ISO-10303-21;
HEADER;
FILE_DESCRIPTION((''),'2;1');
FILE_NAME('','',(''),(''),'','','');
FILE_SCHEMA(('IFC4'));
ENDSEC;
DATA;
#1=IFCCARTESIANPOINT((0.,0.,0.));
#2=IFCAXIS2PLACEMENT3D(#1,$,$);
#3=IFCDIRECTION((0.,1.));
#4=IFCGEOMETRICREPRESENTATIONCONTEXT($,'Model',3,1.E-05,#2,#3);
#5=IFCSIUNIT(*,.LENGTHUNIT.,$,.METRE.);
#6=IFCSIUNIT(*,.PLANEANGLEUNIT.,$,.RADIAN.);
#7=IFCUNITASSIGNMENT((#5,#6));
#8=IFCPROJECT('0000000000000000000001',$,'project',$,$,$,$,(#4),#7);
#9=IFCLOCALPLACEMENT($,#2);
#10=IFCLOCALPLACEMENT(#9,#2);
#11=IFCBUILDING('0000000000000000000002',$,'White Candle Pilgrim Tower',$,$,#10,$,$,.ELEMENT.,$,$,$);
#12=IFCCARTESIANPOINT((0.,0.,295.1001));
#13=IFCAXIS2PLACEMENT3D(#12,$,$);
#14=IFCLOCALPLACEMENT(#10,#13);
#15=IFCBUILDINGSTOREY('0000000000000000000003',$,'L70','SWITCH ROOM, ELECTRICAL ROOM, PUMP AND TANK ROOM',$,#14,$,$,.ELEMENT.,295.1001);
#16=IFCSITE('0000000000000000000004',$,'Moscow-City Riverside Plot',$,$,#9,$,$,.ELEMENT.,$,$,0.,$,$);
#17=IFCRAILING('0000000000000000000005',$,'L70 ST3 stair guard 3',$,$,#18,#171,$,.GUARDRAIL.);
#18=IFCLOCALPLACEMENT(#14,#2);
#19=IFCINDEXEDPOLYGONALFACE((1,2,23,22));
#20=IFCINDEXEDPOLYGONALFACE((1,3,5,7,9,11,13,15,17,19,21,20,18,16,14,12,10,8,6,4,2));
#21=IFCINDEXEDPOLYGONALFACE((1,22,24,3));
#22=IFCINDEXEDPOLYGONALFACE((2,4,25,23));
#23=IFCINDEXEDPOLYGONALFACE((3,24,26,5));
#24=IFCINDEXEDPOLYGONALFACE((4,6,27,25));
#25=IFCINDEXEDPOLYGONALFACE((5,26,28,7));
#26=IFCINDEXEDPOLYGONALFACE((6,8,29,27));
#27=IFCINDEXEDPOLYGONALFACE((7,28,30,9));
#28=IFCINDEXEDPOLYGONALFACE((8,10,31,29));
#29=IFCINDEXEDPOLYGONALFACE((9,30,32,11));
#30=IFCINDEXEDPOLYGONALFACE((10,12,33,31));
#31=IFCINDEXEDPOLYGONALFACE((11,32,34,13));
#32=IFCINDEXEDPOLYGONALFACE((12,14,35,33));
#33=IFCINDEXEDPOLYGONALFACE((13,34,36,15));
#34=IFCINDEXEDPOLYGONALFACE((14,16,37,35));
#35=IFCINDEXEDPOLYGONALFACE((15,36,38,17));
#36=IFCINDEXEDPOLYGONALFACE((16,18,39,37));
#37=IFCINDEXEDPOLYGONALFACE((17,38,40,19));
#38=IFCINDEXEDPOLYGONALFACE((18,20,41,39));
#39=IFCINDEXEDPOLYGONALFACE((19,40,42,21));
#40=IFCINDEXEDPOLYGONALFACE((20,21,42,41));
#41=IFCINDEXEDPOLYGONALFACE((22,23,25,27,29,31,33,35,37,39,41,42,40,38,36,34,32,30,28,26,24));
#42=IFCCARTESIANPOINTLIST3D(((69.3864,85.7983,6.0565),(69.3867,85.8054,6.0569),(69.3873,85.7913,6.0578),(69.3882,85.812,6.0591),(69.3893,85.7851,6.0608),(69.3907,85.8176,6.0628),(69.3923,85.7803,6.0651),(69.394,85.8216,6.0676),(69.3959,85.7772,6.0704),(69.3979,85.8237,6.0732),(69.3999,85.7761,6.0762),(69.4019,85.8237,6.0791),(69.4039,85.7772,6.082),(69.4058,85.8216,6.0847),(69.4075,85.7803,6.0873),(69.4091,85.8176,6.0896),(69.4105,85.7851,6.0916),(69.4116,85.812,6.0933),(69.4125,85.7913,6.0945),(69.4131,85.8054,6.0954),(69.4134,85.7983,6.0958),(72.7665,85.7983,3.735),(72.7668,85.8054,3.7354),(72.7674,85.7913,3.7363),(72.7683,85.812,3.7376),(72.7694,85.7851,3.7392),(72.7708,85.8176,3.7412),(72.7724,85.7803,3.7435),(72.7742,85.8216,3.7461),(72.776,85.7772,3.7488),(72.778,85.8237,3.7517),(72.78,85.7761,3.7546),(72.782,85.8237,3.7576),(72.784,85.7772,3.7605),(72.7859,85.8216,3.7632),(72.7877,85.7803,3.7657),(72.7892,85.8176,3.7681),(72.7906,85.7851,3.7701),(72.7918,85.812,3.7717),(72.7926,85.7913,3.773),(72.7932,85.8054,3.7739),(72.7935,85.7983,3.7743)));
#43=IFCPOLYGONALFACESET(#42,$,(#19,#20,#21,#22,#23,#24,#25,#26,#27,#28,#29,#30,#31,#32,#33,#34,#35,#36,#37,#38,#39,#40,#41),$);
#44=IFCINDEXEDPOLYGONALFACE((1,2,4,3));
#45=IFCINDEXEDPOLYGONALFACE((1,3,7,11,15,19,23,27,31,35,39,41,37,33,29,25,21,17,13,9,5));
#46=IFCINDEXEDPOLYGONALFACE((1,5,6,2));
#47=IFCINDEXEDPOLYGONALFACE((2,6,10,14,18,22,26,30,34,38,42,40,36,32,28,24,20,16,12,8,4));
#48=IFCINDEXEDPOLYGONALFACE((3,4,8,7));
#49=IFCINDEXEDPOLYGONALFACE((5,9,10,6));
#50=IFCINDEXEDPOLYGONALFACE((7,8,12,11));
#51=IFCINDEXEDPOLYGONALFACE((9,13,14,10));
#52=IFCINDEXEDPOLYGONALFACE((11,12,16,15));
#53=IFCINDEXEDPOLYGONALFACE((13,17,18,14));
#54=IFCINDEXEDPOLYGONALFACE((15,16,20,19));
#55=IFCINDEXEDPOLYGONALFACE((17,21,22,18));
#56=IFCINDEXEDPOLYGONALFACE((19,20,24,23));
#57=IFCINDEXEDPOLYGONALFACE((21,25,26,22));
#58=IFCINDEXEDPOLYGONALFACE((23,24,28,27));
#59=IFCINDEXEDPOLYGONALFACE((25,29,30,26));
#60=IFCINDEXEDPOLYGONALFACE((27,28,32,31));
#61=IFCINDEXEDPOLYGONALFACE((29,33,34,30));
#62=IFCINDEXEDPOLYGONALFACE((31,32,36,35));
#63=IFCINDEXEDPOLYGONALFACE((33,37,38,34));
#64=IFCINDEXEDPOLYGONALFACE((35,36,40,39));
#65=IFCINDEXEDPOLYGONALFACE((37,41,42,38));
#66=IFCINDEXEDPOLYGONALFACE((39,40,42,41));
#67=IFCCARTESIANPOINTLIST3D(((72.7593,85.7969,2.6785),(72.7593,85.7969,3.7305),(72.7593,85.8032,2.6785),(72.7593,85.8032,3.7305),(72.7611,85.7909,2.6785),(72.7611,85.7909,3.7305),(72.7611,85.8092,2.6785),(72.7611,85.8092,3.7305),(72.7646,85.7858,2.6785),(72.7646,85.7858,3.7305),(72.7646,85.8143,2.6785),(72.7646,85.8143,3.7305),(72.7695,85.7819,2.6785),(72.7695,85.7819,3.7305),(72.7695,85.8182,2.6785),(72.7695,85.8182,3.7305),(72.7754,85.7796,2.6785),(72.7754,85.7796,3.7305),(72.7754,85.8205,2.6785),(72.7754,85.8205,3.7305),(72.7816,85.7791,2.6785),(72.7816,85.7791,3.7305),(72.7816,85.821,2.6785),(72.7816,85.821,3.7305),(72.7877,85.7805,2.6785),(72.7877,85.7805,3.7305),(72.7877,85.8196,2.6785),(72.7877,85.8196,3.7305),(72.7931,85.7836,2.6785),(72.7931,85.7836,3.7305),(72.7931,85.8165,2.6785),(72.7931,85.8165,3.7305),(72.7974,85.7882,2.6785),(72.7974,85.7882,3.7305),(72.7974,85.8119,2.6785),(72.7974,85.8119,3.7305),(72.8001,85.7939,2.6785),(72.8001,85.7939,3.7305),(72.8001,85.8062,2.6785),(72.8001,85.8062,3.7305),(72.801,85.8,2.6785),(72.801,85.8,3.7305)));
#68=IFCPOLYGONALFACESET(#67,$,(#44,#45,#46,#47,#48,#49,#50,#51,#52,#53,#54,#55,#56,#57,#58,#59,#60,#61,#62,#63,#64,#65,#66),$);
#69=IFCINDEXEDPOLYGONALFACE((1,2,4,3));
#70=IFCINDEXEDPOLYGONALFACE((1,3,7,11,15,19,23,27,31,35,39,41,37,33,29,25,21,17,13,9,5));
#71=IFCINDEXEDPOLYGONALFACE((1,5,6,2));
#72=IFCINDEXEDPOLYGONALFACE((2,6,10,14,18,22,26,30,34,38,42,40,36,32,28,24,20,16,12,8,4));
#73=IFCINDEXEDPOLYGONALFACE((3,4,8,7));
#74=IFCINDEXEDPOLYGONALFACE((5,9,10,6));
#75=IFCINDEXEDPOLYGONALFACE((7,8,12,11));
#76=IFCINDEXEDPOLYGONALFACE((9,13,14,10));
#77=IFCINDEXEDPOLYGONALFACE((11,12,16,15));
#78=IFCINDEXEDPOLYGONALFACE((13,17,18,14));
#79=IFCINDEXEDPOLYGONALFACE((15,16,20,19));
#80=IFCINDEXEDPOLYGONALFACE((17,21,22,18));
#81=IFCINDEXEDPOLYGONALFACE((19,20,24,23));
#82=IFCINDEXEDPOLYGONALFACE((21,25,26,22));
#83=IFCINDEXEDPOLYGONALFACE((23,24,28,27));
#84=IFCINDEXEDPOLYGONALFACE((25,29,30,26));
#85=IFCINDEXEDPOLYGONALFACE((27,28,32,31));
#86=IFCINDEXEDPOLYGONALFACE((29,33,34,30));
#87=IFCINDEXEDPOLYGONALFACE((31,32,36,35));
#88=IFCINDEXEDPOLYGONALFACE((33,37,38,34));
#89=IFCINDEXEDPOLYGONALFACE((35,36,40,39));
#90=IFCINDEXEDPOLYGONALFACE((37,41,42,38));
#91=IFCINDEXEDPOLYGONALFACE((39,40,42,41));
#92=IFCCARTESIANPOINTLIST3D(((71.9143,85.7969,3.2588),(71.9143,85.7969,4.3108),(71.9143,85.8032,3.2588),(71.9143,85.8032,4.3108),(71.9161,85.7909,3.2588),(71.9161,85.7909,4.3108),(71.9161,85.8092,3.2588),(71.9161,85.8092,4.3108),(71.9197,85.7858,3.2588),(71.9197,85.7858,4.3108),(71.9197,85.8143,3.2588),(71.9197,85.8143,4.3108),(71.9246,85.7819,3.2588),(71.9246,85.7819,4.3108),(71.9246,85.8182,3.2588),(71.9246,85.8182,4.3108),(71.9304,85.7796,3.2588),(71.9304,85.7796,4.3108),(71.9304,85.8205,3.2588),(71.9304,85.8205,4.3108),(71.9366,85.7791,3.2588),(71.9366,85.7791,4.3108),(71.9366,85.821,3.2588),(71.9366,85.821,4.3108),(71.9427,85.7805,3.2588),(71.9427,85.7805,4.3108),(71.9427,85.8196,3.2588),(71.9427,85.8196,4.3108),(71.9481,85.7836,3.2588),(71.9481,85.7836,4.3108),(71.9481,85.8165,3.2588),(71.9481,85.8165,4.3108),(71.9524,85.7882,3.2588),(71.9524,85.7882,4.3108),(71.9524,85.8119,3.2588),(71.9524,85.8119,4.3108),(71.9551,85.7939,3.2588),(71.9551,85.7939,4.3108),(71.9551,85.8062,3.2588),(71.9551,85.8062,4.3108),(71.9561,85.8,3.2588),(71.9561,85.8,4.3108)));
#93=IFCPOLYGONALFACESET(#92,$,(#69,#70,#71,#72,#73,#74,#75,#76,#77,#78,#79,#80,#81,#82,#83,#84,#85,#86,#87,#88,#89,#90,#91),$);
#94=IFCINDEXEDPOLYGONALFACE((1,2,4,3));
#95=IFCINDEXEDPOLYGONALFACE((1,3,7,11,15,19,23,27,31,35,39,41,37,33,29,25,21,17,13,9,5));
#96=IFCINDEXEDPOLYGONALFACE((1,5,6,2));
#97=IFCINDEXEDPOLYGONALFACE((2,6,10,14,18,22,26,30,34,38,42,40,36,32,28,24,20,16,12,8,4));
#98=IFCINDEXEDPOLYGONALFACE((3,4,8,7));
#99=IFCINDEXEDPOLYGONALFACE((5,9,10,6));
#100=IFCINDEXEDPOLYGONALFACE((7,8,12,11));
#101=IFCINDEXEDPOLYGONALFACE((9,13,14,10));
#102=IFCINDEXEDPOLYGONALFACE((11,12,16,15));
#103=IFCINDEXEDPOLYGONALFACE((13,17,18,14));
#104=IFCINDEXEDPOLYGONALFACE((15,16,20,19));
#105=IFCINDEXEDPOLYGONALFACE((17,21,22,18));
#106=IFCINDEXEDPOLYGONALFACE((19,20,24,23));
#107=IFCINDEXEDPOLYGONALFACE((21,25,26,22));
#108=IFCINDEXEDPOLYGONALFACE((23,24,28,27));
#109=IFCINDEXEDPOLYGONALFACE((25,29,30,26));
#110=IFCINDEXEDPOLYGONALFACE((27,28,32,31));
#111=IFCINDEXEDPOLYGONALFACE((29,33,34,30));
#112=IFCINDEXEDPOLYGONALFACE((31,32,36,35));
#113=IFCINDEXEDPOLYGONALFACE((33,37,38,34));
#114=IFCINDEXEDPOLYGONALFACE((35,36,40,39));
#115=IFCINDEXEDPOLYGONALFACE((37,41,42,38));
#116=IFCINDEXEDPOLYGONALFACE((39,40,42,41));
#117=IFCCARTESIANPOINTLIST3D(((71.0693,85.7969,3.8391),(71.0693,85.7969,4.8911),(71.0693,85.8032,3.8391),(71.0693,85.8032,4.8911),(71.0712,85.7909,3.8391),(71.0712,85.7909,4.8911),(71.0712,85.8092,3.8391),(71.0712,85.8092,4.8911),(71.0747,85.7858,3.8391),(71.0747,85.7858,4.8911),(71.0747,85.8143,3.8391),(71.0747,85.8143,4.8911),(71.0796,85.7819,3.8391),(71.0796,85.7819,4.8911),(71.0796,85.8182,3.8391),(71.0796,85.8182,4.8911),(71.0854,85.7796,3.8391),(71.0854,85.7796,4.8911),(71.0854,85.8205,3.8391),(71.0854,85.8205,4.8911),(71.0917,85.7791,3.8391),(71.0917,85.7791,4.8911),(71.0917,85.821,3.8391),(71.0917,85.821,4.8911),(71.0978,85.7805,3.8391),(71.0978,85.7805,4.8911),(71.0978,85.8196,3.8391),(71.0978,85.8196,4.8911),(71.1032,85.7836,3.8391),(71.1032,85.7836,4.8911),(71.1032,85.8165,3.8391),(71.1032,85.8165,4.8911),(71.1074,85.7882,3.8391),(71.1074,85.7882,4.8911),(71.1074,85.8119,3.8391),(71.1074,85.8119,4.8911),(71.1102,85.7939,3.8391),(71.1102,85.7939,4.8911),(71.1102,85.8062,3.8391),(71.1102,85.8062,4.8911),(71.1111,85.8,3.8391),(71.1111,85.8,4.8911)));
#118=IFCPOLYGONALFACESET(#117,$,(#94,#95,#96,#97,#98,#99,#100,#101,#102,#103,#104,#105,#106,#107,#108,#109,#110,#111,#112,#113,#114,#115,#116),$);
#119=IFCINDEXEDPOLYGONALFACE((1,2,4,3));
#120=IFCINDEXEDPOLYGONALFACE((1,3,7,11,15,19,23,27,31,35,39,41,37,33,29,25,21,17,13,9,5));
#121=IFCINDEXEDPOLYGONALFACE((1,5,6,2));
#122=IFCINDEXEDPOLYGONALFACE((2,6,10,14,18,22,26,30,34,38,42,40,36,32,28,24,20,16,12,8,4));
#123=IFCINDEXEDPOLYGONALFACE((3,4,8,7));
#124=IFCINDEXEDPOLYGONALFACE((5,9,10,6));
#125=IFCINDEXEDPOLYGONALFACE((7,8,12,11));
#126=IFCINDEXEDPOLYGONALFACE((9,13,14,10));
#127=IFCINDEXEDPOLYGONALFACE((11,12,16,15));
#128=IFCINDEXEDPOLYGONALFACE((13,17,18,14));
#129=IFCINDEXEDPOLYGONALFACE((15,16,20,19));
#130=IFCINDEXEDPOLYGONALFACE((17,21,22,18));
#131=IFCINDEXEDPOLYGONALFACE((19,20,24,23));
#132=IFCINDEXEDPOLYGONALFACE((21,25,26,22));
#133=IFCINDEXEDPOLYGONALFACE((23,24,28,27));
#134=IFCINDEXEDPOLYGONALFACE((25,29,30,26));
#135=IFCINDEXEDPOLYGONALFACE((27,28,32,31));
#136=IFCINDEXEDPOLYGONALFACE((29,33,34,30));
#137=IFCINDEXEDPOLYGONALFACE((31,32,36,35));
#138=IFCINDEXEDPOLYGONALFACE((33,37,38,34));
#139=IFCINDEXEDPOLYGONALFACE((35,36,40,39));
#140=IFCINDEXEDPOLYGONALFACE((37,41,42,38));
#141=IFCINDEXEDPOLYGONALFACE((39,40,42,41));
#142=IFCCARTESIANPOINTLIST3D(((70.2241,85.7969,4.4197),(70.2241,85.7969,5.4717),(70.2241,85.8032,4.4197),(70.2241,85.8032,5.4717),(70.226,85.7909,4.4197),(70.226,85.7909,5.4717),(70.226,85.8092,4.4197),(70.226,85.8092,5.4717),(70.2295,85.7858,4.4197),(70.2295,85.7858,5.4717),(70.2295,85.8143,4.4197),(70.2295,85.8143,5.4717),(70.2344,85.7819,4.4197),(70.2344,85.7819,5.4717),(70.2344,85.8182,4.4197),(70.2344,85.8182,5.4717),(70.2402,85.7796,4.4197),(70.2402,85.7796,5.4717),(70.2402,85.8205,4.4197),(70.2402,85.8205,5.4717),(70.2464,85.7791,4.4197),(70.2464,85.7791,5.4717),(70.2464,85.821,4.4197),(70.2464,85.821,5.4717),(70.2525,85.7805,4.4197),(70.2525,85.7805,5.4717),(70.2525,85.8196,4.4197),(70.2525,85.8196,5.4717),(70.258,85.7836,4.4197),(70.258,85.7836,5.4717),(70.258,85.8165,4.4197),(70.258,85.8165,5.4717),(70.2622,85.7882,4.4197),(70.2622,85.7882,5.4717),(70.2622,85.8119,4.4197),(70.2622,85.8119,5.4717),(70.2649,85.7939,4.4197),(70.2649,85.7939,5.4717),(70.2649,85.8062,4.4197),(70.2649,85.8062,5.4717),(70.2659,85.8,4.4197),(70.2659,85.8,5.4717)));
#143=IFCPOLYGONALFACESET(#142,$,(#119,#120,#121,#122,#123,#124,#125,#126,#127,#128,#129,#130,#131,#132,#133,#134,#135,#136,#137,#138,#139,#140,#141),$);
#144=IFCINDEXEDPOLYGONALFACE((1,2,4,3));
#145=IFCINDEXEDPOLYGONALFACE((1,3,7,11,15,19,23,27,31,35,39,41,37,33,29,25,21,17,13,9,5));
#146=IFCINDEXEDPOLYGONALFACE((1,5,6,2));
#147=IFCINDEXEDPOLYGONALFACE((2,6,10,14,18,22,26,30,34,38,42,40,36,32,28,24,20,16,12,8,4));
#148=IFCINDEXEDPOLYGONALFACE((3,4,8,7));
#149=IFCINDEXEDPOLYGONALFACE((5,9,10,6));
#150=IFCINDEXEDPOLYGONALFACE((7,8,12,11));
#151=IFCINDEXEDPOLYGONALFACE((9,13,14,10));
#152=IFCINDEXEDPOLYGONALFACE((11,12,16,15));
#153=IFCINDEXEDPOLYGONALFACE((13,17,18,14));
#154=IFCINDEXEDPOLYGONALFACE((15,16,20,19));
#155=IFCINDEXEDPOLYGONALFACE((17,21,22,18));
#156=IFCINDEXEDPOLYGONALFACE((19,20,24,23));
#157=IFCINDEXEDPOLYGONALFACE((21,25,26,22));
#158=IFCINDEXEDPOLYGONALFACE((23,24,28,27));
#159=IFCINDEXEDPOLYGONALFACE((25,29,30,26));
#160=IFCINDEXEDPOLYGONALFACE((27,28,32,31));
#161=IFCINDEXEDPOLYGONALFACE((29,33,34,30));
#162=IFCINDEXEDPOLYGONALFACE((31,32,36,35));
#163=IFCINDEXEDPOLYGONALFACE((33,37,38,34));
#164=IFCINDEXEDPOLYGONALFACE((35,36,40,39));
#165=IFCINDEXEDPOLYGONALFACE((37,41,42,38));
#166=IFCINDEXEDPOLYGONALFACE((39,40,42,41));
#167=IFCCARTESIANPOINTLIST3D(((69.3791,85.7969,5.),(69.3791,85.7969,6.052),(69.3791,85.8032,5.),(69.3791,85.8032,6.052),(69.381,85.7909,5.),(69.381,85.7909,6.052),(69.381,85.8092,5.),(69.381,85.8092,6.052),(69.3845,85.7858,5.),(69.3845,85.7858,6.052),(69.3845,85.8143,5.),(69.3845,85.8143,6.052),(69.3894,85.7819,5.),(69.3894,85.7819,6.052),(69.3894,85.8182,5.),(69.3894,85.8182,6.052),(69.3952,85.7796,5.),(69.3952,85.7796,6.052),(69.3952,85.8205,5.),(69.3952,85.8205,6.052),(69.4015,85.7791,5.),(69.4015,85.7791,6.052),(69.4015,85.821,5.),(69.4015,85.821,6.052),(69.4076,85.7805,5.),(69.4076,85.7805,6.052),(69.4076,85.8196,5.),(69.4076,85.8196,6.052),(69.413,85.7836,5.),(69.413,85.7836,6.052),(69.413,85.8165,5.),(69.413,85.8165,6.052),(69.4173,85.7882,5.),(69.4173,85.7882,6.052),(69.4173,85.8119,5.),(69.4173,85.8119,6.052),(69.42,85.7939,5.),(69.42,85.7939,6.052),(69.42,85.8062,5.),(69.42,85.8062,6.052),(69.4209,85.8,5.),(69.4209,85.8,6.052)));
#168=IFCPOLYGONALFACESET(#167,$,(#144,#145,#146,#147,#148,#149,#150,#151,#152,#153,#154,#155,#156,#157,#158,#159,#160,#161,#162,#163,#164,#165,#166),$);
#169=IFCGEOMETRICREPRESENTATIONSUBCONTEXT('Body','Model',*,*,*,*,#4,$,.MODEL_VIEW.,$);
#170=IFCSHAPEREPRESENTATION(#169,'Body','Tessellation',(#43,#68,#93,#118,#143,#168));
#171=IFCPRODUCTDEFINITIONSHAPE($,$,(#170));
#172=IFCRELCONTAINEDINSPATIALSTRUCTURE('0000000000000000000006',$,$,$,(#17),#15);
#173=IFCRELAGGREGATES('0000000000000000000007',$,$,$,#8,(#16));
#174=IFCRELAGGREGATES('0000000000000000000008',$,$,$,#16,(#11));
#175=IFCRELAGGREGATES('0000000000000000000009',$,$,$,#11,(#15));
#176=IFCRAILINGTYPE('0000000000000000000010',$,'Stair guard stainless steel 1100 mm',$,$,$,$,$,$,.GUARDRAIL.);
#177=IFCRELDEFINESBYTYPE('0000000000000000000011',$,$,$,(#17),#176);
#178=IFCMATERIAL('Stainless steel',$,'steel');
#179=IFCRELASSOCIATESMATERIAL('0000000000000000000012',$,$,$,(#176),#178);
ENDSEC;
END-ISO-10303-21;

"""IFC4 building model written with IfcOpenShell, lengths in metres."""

from ifc_helpers import new_model, si_unit, direction, frame, origin, origin_2d, place, context, subcontext, project, spatial, circle, extrude, material, type_object, element, save


model = new_model("IFC4")

# Units and contexts
model_context = context("Model", 3, precision=1e-05, world=origin(), true_north=direction((0.0, 1.0)))
body_context = subcontext(model_context, "Body", "Model", "MODEL_VIEW")
ifc_project = project(units=[si_unit("LENGTHUNIT", "METRE"), si_unit("PLANEANGLEUNIT", "RADIAN")], contexts=[model_context])

# Site, building, storey
site_placement = place(None, origin())
site = spatial("IfcSite", under=ifc_project, at=site_placement, Name="Moscow-City Riverside Plot", CompositionType="ELEMENT", RefElevation=0.0)
building_placement = place(site_placement, origin())
building = spatial("IfcBuilding", under=site, at=building_placement, Name="White Candle Pilgrim Tower", CompositionType="ELEMENT")
storey_placement = place(building_placement, frame((0.0, 0.0, 295.1001)))
storey = spatial("IfcBuildingStorey", under=building, at=storey_placement, Name="L70", Description="SWITCH ROOM, ELECTRICAL ROOM, PUMP AND TANK ROOM", CompositionType="ELEMENT", Elevation=295.1001)

# Railing
ifc_material_1 = material(Name="Stainless steel", Category="steel")
railing_type_1 = type_object("IfcRailingType", Name="Stair guard stainless steel 1100 mm", PredefinedType="GUARDRAIL", material=ifc_material_1)
railing_1_placement = place(storey_placement, frame((72.78, 85.8, 2.6785)))
element("IfcRailing", 1, at=railing_1_placement, inside=storey, type_object=railing_type_1, Name="L70 ST3 stair guard 3", PredefinedType="GUARDRAIL", context=body_context, shape_type="SweptSolid", body=[
    extrude(circle(Radius=0.0239, at=origin_2d()), frame((0.0, 0.0, 1.0762), z_axis=(-0.824304, 0.0, 0.566147), x_axis=(0.0, -1.0, 0.0)), (0.0, 0.0, 1.0), 4.1006),
    extrude(circle(Radius=0.021, at=origin_2d()), origin(), (0.0, 0.0, 1.0), 1.052),
    extrude(circle(Radius=0.021, at=origin_2d()), frame((-0.845, 0.0, 0.5803)), (0.0, 0.0, 1.0), 1.052),
    extrude(circle(Radius=0.021, at=origin_2d()), frame((-1.6899, 0.0, 1.1606)), (0.0, 0.0, 1.0), 1.052),
    extrude(circle(Radius=0.021, at=origin_2d()), frame((-2.5352, 0.0, 1.7412)), (0.0, 0.0, 1.0), 1.052),
    extrude(circle(Radius=0.021, at=origin_2d()), frame((-3.3801, 0.0, 2.3215)), (0.0, 0.0, 1.0), 1.052),
])

save(model, "model.ifc")
